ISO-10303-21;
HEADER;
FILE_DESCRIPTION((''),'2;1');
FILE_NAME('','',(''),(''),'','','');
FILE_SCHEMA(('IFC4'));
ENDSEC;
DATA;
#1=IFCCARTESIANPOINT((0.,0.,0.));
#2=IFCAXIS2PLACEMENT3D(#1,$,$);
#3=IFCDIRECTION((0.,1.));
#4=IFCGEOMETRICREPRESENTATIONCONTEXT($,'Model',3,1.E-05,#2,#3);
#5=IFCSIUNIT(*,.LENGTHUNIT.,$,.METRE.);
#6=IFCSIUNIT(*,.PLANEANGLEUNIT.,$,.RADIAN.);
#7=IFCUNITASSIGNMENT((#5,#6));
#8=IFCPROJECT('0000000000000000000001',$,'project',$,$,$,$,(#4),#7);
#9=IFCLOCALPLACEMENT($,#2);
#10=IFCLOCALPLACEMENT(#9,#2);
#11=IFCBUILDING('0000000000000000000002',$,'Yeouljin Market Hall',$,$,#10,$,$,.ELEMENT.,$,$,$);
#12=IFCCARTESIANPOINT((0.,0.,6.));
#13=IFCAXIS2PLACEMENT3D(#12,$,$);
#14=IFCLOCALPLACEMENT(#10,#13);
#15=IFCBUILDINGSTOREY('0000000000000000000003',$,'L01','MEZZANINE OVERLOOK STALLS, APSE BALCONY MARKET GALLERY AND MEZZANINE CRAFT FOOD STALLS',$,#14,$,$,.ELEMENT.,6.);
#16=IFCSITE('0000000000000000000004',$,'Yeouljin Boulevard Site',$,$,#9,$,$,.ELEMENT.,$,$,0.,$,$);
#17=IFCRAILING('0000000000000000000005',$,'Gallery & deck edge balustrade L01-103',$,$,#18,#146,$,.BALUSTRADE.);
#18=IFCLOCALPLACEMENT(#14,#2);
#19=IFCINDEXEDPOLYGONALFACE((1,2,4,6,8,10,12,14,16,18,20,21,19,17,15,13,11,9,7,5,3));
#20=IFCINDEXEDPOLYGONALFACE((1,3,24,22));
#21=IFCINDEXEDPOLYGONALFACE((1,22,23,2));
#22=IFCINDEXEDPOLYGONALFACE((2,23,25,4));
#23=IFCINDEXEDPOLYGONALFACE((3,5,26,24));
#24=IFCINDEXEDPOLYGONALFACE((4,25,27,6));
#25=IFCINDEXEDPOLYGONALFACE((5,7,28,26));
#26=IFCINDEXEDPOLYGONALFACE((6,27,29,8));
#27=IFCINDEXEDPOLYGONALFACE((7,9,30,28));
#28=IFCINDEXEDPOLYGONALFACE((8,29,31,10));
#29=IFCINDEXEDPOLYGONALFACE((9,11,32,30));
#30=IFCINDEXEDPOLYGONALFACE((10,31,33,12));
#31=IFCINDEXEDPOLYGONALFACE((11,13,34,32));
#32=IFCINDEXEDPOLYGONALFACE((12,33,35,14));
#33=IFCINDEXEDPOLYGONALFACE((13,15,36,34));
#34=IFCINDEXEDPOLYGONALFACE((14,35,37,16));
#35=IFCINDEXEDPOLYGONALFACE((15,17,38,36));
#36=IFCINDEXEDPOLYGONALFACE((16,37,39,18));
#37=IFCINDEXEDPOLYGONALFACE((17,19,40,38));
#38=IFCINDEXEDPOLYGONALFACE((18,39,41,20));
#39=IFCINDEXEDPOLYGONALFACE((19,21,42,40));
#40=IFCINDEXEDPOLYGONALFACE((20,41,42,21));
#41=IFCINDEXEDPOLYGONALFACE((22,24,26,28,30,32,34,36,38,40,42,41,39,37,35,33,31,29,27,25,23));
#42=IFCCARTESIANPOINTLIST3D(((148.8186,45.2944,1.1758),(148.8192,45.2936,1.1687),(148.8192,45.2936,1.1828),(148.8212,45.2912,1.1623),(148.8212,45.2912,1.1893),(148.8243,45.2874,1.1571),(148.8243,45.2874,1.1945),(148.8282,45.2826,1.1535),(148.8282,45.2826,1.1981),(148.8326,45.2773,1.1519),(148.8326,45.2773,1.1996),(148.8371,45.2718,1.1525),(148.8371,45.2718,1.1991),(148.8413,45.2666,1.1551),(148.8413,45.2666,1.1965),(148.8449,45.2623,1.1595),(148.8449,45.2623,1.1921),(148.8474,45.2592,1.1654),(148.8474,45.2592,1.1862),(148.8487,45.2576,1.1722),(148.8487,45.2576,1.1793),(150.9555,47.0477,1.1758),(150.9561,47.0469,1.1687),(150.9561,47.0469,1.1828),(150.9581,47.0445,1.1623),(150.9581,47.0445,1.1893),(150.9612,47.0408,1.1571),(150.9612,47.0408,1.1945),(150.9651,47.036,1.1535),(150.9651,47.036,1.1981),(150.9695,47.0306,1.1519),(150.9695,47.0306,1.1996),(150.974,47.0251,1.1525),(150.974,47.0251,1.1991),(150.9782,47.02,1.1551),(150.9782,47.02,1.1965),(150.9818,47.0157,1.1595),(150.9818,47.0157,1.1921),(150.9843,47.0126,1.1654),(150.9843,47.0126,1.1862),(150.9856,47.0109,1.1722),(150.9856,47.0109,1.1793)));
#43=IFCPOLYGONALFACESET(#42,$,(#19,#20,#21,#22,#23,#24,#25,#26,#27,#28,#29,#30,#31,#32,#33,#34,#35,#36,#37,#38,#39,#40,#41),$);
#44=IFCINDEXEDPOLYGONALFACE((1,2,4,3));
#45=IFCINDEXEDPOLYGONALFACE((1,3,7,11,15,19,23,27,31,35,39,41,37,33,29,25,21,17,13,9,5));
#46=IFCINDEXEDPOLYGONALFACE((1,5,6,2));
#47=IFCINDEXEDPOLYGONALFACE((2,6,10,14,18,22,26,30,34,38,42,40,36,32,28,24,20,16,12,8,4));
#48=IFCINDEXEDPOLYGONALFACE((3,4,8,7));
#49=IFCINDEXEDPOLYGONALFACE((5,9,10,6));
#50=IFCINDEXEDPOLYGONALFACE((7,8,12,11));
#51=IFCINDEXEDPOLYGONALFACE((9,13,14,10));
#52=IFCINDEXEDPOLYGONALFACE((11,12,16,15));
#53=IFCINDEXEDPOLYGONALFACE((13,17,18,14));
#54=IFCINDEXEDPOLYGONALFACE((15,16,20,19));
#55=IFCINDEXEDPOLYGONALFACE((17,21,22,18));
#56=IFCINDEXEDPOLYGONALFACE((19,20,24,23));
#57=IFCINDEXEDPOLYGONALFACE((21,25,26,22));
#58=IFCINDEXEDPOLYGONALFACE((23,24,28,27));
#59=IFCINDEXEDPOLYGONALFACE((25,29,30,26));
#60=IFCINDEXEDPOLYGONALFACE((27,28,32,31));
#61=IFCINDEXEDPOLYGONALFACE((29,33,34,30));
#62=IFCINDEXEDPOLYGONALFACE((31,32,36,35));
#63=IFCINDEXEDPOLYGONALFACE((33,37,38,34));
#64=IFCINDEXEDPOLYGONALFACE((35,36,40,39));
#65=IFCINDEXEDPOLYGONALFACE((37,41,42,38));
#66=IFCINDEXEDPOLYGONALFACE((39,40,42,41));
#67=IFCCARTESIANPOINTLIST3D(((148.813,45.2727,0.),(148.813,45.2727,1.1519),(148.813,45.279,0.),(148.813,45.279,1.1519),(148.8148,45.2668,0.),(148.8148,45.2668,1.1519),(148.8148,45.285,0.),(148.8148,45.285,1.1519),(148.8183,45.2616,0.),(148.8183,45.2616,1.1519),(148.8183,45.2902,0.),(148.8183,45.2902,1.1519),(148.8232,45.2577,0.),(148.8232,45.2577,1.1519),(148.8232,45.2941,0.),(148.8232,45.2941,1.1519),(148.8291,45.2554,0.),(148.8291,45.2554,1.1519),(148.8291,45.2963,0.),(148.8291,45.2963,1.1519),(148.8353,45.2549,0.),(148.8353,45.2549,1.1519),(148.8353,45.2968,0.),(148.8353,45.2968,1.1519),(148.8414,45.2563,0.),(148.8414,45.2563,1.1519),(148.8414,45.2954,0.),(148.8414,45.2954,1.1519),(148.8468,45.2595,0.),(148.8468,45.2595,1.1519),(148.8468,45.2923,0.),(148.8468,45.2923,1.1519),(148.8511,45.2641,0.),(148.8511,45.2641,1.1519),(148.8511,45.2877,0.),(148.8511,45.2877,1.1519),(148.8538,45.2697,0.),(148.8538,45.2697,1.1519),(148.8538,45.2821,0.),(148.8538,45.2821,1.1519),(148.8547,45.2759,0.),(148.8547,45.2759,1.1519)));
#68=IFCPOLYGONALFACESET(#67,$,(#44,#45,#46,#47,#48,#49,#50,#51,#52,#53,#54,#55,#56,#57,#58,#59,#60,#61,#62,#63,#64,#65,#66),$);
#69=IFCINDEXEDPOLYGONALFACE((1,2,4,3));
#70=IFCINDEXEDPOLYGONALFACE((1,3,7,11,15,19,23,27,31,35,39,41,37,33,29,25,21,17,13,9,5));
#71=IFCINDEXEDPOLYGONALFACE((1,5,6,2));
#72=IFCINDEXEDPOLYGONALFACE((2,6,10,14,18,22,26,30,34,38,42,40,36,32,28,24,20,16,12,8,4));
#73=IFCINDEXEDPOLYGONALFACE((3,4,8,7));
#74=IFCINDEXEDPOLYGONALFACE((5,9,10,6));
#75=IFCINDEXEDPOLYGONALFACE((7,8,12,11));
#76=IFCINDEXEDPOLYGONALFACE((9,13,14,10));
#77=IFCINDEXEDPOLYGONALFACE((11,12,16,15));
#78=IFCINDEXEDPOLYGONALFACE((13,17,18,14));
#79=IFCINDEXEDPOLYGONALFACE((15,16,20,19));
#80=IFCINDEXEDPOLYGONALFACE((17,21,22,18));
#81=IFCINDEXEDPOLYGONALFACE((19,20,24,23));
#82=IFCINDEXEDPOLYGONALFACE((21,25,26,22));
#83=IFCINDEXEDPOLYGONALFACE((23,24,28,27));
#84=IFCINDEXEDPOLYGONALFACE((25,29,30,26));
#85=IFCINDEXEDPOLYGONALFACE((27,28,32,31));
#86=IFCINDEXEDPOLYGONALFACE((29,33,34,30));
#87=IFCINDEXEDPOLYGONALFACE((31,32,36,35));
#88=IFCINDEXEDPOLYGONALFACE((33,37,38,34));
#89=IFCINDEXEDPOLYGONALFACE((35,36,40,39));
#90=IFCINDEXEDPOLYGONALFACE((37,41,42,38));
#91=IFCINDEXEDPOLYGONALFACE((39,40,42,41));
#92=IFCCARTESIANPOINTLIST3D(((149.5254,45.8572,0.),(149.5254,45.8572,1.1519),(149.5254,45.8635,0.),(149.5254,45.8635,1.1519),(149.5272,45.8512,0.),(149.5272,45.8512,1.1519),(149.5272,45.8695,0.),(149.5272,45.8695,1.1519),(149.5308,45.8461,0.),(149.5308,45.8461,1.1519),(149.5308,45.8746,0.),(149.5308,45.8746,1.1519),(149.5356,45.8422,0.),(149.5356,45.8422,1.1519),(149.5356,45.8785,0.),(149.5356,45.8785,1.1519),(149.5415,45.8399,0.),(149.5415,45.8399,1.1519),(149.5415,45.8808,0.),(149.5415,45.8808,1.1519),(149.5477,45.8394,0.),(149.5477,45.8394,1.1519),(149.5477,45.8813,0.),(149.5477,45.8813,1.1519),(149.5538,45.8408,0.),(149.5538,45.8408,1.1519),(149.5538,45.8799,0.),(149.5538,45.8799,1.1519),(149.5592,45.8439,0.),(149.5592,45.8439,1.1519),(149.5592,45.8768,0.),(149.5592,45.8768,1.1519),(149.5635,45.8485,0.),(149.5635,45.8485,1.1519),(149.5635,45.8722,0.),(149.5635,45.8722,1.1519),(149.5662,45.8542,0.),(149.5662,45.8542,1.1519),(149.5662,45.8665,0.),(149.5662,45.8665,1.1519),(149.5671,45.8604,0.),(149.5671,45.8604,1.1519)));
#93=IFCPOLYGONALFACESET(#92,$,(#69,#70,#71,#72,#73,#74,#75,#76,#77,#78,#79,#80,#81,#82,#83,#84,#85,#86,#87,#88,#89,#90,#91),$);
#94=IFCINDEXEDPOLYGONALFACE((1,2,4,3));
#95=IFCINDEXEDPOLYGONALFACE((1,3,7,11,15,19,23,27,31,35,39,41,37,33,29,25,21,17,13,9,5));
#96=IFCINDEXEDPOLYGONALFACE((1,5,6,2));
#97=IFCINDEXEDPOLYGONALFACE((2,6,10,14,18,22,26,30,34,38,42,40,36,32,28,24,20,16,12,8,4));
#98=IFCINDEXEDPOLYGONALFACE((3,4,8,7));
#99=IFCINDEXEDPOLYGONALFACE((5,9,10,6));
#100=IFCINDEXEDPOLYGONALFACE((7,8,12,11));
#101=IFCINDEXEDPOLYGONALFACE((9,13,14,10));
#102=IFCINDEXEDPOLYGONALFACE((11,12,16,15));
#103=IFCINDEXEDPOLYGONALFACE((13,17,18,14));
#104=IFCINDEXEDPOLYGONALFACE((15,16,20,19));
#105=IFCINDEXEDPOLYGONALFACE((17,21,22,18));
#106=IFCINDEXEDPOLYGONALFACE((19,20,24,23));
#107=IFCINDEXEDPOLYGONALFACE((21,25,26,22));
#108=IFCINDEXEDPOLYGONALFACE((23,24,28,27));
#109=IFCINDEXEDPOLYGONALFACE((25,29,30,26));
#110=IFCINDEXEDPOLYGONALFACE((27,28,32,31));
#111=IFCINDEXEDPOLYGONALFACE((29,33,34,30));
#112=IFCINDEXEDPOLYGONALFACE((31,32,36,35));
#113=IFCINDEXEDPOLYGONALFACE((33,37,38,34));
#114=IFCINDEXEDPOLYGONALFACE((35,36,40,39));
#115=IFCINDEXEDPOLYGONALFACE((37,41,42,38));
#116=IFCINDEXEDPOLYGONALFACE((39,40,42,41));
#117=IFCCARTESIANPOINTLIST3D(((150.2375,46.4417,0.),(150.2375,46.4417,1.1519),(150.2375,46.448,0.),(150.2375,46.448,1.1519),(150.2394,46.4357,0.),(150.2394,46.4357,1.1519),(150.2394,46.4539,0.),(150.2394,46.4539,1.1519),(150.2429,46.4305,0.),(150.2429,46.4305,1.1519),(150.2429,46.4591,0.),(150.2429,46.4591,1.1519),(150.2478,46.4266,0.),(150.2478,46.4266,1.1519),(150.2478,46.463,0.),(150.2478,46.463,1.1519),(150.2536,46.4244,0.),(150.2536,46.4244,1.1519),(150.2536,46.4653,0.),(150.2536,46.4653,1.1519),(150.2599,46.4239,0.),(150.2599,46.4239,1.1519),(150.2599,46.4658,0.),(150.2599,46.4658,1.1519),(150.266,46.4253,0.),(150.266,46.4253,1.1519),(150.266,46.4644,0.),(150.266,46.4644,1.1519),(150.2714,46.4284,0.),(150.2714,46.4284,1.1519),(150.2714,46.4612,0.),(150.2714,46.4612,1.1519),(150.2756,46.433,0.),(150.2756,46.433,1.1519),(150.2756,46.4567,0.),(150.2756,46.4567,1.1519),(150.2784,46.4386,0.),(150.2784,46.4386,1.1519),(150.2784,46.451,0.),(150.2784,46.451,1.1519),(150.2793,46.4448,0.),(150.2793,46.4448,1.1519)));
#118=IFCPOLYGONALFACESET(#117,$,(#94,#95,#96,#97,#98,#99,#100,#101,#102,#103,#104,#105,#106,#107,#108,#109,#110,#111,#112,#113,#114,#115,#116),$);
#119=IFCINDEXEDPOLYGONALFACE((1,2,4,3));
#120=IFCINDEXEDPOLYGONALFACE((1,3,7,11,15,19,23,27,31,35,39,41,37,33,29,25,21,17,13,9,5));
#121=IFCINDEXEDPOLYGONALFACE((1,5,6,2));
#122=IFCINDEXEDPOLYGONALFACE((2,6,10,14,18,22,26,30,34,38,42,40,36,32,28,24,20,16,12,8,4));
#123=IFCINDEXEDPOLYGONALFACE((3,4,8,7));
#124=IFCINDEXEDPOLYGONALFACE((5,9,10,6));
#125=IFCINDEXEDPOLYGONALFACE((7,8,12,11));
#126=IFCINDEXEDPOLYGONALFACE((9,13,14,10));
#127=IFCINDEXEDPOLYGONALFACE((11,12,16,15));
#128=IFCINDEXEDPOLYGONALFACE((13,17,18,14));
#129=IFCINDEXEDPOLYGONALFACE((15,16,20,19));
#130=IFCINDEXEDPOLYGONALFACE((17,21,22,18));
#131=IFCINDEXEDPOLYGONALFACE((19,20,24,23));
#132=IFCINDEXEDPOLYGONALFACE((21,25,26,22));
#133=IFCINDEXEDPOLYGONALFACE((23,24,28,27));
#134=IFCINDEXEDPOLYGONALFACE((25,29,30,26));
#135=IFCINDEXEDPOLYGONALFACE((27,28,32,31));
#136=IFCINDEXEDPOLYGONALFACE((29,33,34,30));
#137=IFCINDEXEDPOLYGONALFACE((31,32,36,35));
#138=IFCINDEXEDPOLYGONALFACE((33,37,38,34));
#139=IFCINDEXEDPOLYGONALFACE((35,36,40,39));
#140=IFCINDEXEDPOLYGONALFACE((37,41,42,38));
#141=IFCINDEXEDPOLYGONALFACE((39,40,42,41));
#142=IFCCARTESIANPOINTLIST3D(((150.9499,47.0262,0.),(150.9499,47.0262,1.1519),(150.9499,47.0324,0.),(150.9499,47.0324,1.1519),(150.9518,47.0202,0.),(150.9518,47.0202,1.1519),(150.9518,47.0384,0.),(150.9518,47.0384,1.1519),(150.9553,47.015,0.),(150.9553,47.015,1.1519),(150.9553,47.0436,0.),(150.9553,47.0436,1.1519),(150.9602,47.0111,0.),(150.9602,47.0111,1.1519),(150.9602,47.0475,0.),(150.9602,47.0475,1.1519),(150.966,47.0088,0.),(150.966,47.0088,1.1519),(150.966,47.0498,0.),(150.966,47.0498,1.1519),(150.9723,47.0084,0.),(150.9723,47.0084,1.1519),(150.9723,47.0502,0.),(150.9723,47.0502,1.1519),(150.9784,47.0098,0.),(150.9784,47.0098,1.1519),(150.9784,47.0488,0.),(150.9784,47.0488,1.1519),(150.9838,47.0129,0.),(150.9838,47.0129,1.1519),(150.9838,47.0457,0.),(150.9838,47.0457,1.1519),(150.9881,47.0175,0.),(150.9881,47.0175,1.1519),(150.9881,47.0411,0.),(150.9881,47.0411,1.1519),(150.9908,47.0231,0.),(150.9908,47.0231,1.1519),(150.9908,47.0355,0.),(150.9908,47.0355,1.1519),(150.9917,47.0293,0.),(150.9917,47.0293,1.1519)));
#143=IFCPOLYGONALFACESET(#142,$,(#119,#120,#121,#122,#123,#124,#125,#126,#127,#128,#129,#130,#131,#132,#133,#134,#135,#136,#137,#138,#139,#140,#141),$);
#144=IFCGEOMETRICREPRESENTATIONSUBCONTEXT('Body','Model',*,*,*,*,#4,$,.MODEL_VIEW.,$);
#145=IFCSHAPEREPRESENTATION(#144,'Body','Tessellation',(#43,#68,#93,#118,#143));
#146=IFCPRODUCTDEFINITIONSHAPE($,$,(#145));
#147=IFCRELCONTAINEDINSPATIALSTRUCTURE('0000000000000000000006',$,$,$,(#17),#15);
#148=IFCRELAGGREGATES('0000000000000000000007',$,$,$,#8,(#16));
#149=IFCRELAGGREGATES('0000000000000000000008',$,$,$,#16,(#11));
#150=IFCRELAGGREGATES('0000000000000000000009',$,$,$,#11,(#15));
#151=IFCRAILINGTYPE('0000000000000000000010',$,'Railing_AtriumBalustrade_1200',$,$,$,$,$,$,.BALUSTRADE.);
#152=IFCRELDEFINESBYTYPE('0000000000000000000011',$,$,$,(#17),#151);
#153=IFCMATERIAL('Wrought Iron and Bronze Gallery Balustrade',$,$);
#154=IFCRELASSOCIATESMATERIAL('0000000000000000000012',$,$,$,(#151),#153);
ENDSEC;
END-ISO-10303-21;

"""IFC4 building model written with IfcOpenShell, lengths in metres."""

from ifc_helpers import new_model, si_unit, direction, frame, origin, origin_2d, place, context, subcontext, project, spatial, circle, extrude, material, type_object, element, save


model = new_model("IFC4")

# Units and contexts
model_context = context("Model", 3, precision=1e-05, world=origin(), true_north=direction((0.0, 1.0)))
body_context = subcontext(model_context, "Body", "Model", "MODEL_VIEW")
ifc_project = project(units=[si_unit("LENGTHUNIT", "METRE"), si_unit("PLANEANGLEUNIT", "RADIAN")], contexts=[model_context])

# Site, building, storey
site_placement = place(None, origin())
site = spatial("IfcSite", under=ifc_project, at=site_placement, Name="Yeouljin Boulevard Site", CompositionType="ELEMENT", RefElevation=0.0)
building_placement = place(site_placement, origin())
building = spatial("IfcBuilding", under=site, at=building_placement, Name="Yeouljin Market Hall", CompositionType="ELEMENT")
storey_placement = place(building_placement, frame((0.0, 0.0, 6.0)))
storey = spatial("IfcBuildingStorey", under=building, at=storey_placement, Name="L01", Description="MEZZANINE OVERLOOK STALLS, APSE BALCONY MARKET GALLERY AND MEZZANINE CRAFT FOOD STALLS", CompositionType="ELEMENT", Elevation=6.0)

# Railing
ifc_material_1 = material(Name="Wrought Iron and Bronze Gallery Balustrade")
railing_type = type_object("IfcRailingType", Name="Railing_AtriumBalustrade_1200", PredefinedType="BALUSTRADE", material=ifc_material_1)
railing_1_placement = place(storey_placement, frame((148.8337, 45.2759, 0.0)))
element("IfcRailing", 1, at=railing_1_placement, inside=storey, type_object=railing_type, Name="Gallery & deck edge balustrade L01-103", PredefinedType="BALUSTRADE", context=body_context, shape_type="SweptSolid", body=[
    extrude(circle(Radius=0.0239, at=origin_2d()), frame((0.0, 0.0, 1.1758), z_axis=(0.773071, 0.634319, 0.0), x_axis=(-0.634319, 0.773071, 0.0)), (0.0, 0.0, 1.0), 2.7642),
    extrude(circle(Radius=0.021, at=origin_2d()), origin(), (0.0, 0.0, 1.0), 1.1519),
    extrude(circle(Radius=0.021, at=origin_2d()), frame((0.7124, 0.5845, 0.0)), (0.0, 0.0, 1.0), 1.1519),
    extrude(circle(Radius=0.021, at=origin_2d()), frame((1.4246, 1.1689, 0.0)), (0.0, 0.0, 1.0), 1.1519),
    extrude(circle(Radius=0.021, at=origin_2d()), frame((2.137, 1.7534, 0.0)), (0.0, 0.0, 1.0), 1.1519),
])

save(model, "model.ifc")
